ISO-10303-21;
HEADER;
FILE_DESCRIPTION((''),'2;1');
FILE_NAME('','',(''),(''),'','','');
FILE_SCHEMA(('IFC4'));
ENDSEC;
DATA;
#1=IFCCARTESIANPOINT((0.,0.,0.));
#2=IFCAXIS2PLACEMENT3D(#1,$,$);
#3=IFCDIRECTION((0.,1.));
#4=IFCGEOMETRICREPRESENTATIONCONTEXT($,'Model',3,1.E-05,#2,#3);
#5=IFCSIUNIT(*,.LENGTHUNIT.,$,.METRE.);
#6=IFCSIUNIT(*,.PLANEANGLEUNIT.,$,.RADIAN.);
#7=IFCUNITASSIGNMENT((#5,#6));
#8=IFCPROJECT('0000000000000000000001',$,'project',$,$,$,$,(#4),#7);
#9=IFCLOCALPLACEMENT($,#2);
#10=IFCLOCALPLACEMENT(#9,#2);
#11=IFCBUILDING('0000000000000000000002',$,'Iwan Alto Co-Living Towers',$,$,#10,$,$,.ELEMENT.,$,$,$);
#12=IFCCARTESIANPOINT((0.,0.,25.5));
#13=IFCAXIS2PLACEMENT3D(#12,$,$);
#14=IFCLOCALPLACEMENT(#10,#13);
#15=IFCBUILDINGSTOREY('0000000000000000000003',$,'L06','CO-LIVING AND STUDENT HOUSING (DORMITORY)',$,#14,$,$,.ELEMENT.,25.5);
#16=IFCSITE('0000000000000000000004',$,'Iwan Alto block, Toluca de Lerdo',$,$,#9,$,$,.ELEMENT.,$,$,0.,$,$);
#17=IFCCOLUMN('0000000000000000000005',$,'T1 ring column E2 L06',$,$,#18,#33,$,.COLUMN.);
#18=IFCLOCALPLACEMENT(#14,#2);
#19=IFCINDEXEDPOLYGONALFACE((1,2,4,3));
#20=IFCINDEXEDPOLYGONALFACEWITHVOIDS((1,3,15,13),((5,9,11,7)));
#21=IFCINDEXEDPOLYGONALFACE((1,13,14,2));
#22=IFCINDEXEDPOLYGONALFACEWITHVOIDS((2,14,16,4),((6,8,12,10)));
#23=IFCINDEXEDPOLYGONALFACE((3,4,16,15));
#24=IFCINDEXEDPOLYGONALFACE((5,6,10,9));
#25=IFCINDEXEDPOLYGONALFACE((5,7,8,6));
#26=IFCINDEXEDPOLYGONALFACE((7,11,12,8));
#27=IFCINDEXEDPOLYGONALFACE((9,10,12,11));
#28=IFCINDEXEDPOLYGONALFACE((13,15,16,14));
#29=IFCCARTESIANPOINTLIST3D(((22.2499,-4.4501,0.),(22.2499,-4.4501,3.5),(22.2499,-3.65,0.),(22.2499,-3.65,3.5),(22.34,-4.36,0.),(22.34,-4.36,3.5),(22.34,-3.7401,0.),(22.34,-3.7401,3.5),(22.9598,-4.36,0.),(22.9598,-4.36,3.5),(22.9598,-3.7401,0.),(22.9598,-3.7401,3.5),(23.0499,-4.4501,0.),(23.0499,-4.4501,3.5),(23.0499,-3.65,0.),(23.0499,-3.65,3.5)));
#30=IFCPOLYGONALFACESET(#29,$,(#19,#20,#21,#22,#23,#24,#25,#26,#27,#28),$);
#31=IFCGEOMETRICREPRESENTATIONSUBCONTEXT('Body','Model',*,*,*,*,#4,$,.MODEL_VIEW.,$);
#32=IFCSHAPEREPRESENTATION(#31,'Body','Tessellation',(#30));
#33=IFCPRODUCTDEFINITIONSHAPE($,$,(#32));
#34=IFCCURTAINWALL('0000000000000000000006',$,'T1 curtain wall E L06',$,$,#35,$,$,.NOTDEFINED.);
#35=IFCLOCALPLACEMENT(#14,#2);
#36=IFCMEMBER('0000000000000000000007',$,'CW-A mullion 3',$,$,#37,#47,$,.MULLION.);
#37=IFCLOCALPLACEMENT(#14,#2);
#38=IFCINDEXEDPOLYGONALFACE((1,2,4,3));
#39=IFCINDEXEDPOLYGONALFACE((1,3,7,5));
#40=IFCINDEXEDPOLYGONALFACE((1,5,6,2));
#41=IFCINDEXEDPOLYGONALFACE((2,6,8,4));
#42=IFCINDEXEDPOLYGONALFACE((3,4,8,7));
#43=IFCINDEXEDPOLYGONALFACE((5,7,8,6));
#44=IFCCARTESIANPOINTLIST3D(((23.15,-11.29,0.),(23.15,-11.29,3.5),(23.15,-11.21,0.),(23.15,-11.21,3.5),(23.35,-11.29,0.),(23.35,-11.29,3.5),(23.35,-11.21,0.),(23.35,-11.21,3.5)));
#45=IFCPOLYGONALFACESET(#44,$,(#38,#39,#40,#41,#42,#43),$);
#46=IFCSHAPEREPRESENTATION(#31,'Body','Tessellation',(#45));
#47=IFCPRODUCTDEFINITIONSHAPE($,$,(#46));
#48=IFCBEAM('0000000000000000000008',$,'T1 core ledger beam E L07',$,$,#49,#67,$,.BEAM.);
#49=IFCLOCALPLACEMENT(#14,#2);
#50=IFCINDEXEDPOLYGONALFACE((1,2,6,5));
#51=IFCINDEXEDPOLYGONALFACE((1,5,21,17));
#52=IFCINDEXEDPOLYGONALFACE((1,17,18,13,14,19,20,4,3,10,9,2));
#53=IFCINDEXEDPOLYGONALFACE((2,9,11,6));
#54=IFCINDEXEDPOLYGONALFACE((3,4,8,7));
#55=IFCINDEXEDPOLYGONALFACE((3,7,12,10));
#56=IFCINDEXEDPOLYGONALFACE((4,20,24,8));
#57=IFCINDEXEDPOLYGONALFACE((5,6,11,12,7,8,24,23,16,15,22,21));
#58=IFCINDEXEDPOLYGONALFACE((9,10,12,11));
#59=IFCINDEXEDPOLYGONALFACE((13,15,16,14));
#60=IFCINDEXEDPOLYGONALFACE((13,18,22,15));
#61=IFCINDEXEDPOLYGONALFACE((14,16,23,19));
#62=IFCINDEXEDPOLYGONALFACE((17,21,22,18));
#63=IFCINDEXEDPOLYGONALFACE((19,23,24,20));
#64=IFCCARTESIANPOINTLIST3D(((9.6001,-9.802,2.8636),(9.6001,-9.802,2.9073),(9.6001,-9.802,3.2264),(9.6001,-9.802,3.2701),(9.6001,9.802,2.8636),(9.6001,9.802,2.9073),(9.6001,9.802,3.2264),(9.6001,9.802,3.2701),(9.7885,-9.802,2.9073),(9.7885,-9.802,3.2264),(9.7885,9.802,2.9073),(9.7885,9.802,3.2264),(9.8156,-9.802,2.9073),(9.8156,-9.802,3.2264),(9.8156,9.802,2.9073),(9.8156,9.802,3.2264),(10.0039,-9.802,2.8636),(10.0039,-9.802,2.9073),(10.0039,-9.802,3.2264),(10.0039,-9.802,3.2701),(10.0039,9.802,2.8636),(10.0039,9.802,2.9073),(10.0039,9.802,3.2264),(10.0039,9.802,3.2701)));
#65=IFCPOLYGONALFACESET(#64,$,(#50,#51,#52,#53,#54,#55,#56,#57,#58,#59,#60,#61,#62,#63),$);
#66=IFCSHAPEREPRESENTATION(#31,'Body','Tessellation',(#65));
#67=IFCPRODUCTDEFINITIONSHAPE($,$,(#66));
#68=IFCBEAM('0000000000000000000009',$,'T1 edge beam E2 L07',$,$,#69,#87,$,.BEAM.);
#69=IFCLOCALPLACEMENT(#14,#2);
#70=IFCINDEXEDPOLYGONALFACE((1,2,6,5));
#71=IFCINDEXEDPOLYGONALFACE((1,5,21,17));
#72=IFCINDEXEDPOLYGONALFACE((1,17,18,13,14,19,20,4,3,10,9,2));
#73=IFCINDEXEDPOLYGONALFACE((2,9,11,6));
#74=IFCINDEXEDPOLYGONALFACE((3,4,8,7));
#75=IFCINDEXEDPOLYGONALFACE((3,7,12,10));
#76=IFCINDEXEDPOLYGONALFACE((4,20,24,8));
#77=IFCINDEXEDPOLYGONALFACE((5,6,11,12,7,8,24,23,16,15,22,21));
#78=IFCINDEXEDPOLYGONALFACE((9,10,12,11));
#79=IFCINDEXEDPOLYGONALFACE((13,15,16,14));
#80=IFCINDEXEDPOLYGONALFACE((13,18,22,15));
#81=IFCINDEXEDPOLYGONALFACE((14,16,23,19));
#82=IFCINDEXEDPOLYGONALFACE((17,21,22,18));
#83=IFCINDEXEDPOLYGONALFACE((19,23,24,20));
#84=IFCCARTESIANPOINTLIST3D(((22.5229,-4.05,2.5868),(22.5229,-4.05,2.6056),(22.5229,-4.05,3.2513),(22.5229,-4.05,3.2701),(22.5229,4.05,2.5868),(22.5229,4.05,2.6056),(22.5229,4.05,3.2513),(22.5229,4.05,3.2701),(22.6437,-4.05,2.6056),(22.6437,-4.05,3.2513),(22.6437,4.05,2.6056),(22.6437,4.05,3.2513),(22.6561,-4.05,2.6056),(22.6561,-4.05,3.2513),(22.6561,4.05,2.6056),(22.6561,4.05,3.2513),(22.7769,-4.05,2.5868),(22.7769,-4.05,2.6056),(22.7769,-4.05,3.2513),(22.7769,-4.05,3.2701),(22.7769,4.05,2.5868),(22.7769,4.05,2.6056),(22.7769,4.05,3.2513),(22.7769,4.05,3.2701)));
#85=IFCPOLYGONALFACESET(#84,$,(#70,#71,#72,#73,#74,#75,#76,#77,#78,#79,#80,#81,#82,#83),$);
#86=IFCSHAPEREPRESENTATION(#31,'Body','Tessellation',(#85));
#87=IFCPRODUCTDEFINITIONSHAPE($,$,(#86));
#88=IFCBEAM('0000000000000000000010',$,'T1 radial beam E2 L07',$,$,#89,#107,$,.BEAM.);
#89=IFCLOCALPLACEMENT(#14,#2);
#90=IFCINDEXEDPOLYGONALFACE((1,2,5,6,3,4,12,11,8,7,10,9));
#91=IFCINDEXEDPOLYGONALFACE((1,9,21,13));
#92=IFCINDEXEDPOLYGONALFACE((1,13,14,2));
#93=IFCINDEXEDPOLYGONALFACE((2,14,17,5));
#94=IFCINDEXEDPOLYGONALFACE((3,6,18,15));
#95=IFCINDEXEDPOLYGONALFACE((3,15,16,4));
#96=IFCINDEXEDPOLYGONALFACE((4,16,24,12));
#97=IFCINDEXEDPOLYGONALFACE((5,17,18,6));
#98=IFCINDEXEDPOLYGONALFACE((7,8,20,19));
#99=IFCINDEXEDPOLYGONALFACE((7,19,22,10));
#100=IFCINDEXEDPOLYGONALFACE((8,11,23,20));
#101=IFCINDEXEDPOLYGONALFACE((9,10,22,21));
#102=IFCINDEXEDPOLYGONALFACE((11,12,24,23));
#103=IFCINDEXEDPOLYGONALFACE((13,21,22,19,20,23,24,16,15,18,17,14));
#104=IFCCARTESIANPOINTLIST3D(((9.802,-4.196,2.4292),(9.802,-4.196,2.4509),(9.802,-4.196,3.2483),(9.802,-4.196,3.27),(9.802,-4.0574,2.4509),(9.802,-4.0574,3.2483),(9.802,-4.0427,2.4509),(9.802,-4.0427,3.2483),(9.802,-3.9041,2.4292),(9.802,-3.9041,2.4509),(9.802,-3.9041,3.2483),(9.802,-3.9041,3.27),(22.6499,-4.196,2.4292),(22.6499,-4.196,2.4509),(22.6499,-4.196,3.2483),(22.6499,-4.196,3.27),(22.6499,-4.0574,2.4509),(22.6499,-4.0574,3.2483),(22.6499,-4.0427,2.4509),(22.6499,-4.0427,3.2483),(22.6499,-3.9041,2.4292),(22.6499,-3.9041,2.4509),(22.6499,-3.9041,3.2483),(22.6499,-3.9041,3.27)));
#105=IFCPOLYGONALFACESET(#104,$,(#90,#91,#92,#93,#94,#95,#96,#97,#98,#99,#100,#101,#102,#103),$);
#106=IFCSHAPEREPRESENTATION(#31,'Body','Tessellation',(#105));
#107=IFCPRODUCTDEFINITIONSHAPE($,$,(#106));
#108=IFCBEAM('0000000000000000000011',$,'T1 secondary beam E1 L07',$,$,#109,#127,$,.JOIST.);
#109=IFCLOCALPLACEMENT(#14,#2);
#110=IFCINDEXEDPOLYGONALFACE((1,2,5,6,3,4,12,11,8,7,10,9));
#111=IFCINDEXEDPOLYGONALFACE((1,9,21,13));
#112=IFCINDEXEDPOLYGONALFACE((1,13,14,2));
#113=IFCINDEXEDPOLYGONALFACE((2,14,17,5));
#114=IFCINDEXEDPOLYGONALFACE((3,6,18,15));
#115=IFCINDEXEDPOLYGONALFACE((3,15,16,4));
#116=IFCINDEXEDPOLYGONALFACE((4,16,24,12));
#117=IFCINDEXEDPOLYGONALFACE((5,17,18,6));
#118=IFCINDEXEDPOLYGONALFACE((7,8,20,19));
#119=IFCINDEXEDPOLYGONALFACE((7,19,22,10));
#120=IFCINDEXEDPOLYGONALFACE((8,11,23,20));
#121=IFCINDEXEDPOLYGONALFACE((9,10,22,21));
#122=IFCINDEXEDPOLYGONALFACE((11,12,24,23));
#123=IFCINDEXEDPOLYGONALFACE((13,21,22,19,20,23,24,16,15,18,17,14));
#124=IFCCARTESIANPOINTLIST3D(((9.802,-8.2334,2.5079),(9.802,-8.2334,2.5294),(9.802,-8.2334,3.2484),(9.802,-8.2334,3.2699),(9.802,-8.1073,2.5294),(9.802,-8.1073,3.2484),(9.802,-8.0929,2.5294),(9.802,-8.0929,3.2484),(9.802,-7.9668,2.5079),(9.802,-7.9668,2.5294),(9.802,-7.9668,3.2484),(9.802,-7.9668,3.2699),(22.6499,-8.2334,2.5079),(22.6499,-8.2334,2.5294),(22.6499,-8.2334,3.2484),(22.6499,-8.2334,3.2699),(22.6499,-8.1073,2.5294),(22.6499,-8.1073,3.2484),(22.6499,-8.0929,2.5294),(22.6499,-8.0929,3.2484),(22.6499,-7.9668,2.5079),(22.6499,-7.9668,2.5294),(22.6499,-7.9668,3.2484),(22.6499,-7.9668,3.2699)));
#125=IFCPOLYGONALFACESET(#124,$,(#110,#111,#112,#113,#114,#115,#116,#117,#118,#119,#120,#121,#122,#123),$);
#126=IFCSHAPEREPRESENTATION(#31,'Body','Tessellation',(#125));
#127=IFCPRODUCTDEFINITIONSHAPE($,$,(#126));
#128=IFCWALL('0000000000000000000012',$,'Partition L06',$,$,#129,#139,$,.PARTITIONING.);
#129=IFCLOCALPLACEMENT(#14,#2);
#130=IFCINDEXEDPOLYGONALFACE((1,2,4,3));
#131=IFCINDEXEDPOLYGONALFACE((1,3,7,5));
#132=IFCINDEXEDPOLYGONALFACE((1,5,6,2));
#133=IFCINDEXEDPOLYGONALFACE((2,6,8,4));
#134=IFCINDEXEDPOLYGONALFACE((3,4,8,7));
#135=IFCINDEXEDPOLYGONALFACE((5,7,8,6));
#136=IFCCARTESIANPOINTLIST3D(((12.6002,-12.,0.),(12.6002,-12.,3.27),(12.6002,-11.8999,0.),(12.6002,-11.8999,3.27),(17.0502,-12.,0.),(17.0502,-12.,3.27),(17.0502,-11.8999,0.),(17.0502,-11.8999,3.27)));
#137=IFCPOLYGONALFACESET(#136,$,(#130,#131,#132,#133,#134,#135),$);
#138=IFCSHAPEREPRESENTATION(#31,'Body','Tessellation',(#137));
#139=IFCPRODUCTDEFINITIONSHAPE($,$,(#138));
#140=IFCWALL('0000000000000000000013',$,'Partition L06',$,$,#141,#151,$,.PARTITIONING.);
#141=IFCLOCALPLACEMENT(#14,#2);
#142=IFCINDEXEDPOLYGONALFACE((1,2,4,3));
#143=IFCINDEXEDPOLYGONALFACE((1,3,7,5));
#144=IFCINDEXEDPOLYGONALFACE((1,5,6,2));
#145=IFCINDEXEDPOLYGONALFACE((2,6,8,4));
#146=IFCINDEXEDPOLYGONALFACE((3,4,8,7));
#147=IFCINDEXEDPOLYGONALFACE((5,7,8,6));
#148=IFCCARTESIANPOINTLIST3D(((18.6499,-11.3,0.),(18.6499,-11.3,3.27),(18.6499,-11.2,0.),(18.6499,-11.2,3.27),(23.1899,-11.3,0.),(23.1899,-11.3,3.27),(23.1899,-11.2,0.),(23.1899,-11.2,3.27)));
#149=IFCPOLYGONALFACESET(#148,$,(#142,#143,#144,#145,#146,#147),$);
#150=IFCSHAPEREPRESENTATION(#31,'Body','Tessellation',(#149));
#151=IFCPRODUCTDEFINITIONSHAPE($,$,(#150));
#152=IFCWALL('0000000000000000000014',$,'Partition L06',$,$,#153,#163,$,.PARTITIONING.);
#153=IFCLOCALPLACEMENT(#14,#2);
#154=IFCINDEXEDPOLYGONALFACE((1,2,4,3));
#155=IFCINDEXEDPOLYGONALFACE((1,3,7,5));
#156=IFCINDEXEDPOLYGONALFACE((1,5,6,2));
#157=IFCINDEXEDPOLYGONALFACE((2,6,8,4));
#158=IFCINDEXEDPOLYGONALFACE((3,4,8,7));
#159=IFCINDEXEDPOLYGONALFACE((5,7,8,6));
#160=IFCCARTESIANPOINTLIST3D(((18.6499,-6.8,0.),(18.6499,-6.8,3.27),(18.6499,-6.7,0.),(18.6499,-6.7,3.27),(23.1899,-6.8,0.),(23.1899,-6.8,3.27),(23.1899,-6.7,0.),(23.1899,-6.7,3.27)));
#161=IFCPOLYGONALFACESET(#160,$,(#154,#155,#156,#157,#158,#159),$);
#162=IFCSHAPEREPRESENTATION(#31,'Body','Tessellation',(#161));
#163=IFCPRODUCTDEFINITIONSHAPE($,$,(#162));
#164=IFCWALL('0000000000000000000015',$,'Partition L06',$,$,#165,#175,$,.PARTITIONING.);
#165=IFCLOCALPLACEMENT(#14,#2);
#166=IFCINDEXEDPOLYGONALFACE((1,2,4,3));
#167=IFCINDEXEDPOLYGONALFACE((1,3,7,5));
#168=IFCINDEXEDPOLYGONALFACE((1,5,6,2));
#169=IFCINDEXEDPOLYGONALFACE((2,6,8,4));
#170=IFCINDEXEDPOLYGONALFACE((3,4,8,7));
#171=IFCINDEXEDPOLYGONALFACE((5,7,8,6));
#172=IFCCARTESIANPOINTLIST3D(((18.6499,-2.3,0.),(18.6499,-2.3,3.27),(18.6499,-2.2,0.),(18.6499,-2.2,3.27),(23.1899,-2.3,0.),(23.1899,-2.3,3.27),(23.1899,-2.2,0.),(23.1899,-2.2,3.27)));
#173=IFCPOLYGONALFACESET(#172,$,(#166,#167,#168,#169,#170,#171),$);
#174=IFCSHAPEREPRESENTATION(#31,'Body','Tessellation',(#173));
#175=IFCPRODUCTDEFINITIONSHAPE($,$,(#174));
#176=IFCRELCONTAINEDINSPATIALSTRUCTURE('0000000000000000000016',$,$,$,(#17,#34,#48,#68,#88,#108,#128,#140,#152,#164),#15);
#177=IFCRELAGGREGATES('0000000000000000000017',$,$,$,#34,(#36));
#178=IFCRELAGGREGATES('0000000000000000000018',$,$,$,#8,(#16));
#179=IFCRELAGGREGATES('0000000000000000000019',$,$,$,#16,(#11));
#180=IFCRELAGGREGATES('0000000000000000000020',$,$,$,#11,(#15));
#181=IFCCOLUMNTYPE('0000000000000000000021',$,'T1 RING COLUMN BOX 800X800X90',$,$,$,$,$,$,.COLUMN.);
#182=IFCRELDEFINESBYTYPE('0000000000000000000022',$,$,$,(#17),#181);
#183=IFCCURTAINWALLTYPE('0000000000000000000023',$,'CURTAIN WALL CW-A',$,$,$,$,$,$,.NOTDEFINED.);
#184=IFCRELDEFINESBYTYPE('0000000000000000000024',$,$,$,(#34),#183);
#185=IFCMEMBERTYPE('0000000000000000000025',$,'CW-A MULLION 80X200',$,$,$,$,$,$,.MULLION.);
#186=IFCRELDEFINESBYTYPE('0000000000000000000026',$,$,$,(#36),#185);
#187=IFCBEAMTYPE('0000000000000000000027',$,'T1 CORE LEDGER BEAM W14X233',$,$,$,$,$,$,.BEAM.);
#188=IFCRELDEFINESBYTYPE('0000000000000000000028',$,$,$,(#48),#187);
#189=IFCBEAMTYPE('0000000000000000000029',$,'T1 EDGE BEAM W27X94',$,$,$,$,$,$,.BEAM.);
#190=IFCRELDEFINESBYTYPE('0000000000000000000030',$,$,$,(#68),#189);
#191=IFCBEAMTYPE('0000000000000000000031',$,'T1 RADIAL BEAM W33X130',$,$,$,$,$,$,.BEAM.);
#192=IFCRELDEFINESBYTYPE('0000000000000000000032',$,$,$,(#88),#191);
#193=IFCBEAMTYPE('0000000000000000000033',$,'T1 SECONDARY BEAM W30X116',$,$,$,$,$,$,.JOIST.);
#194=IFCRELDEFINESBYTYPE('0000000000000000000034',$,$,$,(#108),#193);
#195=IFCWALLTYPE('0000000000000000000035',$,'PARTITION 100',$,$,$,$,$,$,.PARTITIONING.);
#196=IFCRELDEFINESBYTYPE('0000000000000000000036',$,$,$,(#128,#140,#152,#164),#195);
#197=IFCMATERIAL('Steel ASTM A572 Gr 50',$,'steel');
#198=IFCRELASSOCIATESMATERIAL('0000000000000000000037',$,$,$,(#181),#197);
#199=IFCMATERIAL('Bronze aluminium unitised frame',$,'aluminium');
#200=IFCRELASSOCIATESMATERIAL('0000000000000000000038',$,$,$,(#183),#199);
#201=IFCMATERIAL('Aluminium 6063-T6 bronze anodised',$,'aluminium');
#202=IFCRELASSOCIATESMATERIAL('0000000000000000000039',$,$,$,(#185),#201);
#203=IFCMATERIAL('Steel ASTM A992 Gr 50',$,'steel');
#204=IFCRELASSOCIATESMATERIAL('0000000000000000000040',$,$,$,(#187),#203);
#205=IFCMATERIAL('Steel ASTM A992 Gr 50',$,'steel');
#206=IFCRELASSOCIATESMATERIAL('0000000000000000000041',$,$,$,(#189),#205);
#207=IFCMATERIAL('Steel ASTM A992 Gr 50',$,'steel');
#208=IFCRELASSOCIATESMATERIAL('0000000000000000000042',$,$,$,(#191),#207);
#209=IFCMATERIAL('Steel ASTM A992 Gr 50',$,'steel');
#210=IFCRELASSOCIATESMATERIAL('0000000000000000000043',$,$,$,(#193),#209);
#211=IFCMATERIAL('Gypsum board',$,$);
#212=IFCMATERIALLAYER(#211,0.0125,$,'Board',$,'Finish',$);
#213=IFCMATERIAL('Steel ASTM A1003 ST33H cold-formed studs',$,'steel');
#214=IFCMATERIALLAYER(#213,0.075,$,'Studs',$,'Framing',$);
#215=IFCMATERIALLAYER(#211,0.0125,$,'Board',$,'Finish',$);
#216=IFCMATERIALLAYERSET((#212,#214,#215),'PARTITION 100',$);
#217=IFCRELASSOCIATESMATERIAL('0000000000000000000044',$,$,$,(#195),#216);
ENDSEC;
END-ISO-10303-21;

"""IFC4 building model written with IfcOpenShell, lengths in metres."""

from ifc_helpers import new_model, si_unit, direction, frame, frame_2d, origin, origin_2d, place, context, subcontext, project, spatial, rectangle, hollow_rectangle, i_section, extrude, material, layer, layer_set, material_profile, profile_set, type_object, element, aggregate, save


model = new_model("IFC4")

# Units and contexts
model_context = context("Model", 3, precision=1e-05, world=origin(), true_north=direction((0.0, 1.0)))
body_context = subcontext(model_context, "Body", "Model", "MODEL_VIEW")
ifc_project = project(units=[si_unit("LENGTHUNIT", "METRE"), si_unit("PLANEANGLEUNIT", "RADIAN")], contexts=[model_context])

# Site, building, storey
site_placement = place(None, origin())
site = spatial("IfcSite", under=ifc_project, at=site_placement, Name="Iwan Alto block, Toluca de Lerdo", CompositionType="ELEMENT", RefElevation=0.0)
building_placement = place(site_placement, origin())
building = spatial("IfcBuilding", under=site, at=building_placement, Name="Iwan Alto Co-Living Towers", CompositionType="ELEMENT")
storey_placement = place(building_placement, frame((0.0, 0.0, 25.5)))
storey = spatial("IfcBuildingStorey", under=building, at=storey_placement, Name="L06", Description="CO-LIVING AND STUDENT HOUSING (DORMITORY)", CompositionType="ELEMENT", Elevation=25.5)

# Column
ifc_material_1 = material(Name="Steel ASTM A572 Gr 50", Category="steel")
ifc_material_profile_1 = material_profile(ifc_material_1, hollow_rectangle(XDim=0.8, YDim=0.8, WallThickness=0.0901, at=origin_2d()), Name="BOX 800X800X90")
ifc_profile_set_1 = profile_set([ifc_material_profile_1], Name="Steel ASTM A572 Gr 50")
column_type = type_object("IfcColumnType", Name="T1 RING COLUMN BOX 800X800X90", PredefinedType="COLUMN", material=ifc_profile_set_1)
column_placement = place(storey_placement, frame((22.6499, -4.05, 0.0), z_axis=(0.0, 0.0, 1.0), x_axis=(1.0, 0.0, 0.0)))
element("IfcColumn", 1, at=column_placement, inside=storey, type_object=column_type, Name="T1 ring column E2 L06", PredefinedType="COLUMN", context=body_context, shape_type="SweptSolid", body=[
    extrude(hollow_rectangle(XDim=0.8, YDim=0.8, WallThickness=0.0901, at=origin_2d()), origin(), (0.0, 0.0, 1.0), 3.5),
])

# Curtain wall, member
ifc_material_2 = material(Name="Bronze aluminium unitised frame", Category="aluminium")
curtain_wall_type = type_object("IfcCurtainWallType", Name="CURTAIN WALL CW-A", PredefinedType="NOTDEFINED", material=ifc_material_2)
curtain_wall_placement = place(storey_placement, origin())
curtain_wall = element("IfcCurtainWall", 2, at=curtain_wall_placement, inside=storey, type_object=curtain_wall_type, Name="T1 curtain wall E L06", PredefinedType="NOTDEFINED")
ifc_material_3 = material(Name="Aluminium 6063-T6 bronze anodised", Category="aluminium")
ifc_material_profile_2 = material_profile(ifc_material_3, rectangle(XDim=0.2, YDim=0.0801, at=origin_2d()), Name="AL 80X200")
ifc_profile_set_2 = profile_set([ifc_material_profile_2], Name="Aluminium 6063-T6 bronze anodised")
member_type = type_object("IfcMemberType", Name="CW-A MULLION 80X200", PredefinedType="MULLION", material=ifc_profile_set_2)
member_placement = place(storey_placement, frame((23.25, -11.25, 0.0), z_axis=(0.0, 0.0, 1.0), x_axis=(-1.0, 0.0, 0.0)))
member = element("IfcMember", 3, at=member_placement, type_object=member_type, Name="CW-A mullion 3", PredefinedType="MULLION", context=body_context, shape_type="SweptSolid", body=[
    extrude(rectangle(XDim=0.2, YDim=0.0801, at=origin_2d()), origin(), (0.0, 0.0, 1.0), 3.5),
])
aggregate(curtain_wall, [member])

# Beams
ifc_material_4 = material(Name="Steel ASTM A992 Gr 50", Category="steel")
ifc_material_profile_3 = material_profile(ifc_material_4, i_section(OverallWidth=0.4038, OverallDepth=0.4065, WebThickness=0.0271, FlangeThickness=0.0437, at=origin_2d()), Name="W14X233")
ifc_profile_set_3 = profile_set([ifc_material_profile_3], Name="Steel ASTM A992 Gr 50")
beam_type_1 = type_object("IfcBeamType", Name="T1 CORE LEDGER BEAM W14X233", PredefinedType="BEAM", material=ifc_profile_set_3)
beam_1_placement = place(storey_placement, frame((9.802, -9.802, 3.0669), z_axis=(0.0, 1.0, 0.0), x_axis=(-1.0, 0.0, 0.0)))
element("IfcBeam", 4, at=beam_1_placement, inside=storey, type_object=beam_type_1, Name="T1 core ledger beam E L07", PredefinedType="BEAM", context=body_context, shape_type="SweptSolid", body=[
    extrude(i_section(OverallWidth=0.4038, OverallDepth=0.4065, WebThickness=0.0271, FlangeThickness=0.0437, at=origin_2d()), origin(), (0.0, 0.0, 1.0), 19.604),
])
ifc_material_5 = material(Name="Steel ASTM A992 Gr 50", Category="steel")
ifc_material_profile_4 = material_profile(ifc_material_5, i_section(OverallWidth=0.2539, OverallDepth=0.6833, WebThickness=0.0125, FlangeThickness=0.0188, at=origin_2d()), Name="W27X94")
ifc_profile_set_4 = profile_set([ifc_material_profile_4], Name="Steel ASTM A992 Gr 50")
beam_type_2 = type_object("IfcBeamType", Name="T1 EDGE BEAM W27X94", PredefinedType="BEAM", material=ifc_profile_set_4)
beam_2_placement = place(storey_placement, frame((22.6499, -4.05, 2.9285), z_axis=(0.0, 1.0, 0.0), x_axis=(-1.0, 0.0, 0.0)))
element("IfcBeam", 5, at=beam_2_placement, inside=storey, type_object=beam_type_2, Name="T1 edge beam E2 L07", PredefinedType="BEAM", context=body_context, shape_type="SweptSolid", body=[
    extrude(i_section(OverallWidth=0.2539, OverallDepth=0.6833, WebThickness=0.0125, FlangeThickness=0.0188, at=origin_2d()), origin(), (0.0, 0.0, 1.0), 8.1001),
])
ifc_material_6 = material(Name="Steel ASTM A992 Gr 50", Category="steel")
ifc_material_profile_5 = material_profile(ifc_material_6, i_section(OverallWidth=0.292, OverallDepth=0.8408, WebThickness=0.0146, FlangeThickness=0.0217, at=origin_2d()), Name="W33X130")
ifc_profile_set_5 = profile_set([ifc_material_profile_5], Name="Steel ASTM A992 Gr 50")
beam_type_3 = type_object("IfcBeamType", Name="T1 RADIAL BEAM W33X130", PredefinedType="BEAM", material=ifc_profile_set_5)
beam_3_placement = place(storey_placement, frame((22.6499, -4.05, 2.8496), z_axis=(-1.0, 0.0, 0.0), x_axis=(0.0, -1.0, 0.0)))
element("IfcBeam", 6, at=beam_3_placement, inside=storey, type_object=beam_type_3, Name="T1 radial beam E2 L07", PredefinedType="BEAM", context=body_context, shape_type="SweptSolid", body=[
    extrude(i_section(OverallWidth=0.292, OverallDepth=0.8408, WebThickness=0.0146, FlangeThickness=0.0217, at=origin_2d()), origin(), (0.0, 0.0, 1.0), 12.8479),
])
ifc_material_7 = material(Name="Steel ASTM A992 Gr 50", Category="steel")
ifc_material_profile_6 = material_profile(ifc_material_7, i_section(OverallWidth=0.2666, OverallDepth=0.762, WebThickness=0.0144, FlangeThickness=0.0215, at=origin_2d()), Name="W30X116")
ifc_profile_set_6 = profile_set([ifc_material_profile_6], Name="Steel ASTM A992 Gr 50")
beam_type_4 = type_object("IfcBeamType", Name="T1 SECONDARY BEAM W30X116", PredefinedType="JOIST", material=ifc_profile_set_6)
beam_4_placement = place(storey_placement, frame((22.6499, -8.1001, 2.8889), z_axis=(-1.0, 0.0, 0.0), x_axis=(0.0, -1.0, 0.0)))
element("IfcBeam", 7, at=beam_4_placement, inside=storey, type_object=beam_type_4, Name="T1 secondary beam E1 L07", PredefinedType="JOIST", context=body_context, shape_type="SweptSolid", body=[
    extrude(i_section(OverallWidth=0.2666, OverallDepth=0.762, WebThickness=0.0144, FlangeThickness=0.0215, at=origin_2d()), origin(), (0.0, 0.0, 1.0), 12.8479),
])

# Walls
ifc_material_8 = material(Name="Gypsum board")
ifc_layer_1 = layer(ifc_material_8, 0.0125, Name="Board", Category="Finish")
ifc_material_9 = material(Name="Steel ASTM A1003 ST33H cold-formed studs", Category="steel")
ifc_layer_2 = layer(ifc_material_9, 0.075, Name="Studs", Category="Framing")
ifc_layer_3 = layer(ifc_material_8, 0.0125, Name="Board", Category="Finish")
ifc_layer_set = layer_set([ifc_layer_1, ifc_layer_2, ifc_layer_3], Name="PARTITION 100")
wall_type = type_object("IfcWallType", Name="PARTITION 100", PredefinedType="PARTITIONING", material=ifc_layer_set)
wall_1_placement = place(storey_placement, frame((12.6001, -11.95, 0.0), z_axis=(0.0, 0.0, 1.0), x_axis=(1.0, 0.0, 0.0)))
element("IfcWall", 8, at=wall_1_placement, inside=storey, type_object=wall_type, Name="Partition L06", PredefinedType="PARTITIONING", context=body_context, shape_type="SweptSolid", body=[
    extrude(rectangle(XDim=4.45, YDim=0.1001, at=frame_2d((2.2251, 0.0))), origin(), (0.0, 0.0, 1.0), 3.27),
])
for number, where, z_axis, x_axis, name in (
    (9, (18.6499, -11.25, 0.0), (0.0, 0.0, 1.0), (1.0, 0.0, 0.0), "Partition L06"),
    (10, (18.6499, -6.75, 0.0), (0.0, 0.0, 1.0), (1.0, 0.0, 0.0), "Partition L06"),
    (11, (18.6499, -2.25, 0.0), (0.0, 0.0, 1.0), (1.0, 0.0, 0.0), "Partition L06"),
):
    element("IfcWall", number, at=place(storey_placement, frame(where, z_axis=z_axis, x_axis=x_axis)), inside=storey, type_object=wall_type, Name=name, PredefinedType="PARTITIONING", context=body_context, shape_type="SweptSolid", body=[
        extrude(rectangle(XDim=4.54, YDim=0.1001, at=frame_2d((2.27, 0.0))), origin(), (0.0, 0.0, 1.0), 3.27),
    ])

save(model, "model.ifc")
